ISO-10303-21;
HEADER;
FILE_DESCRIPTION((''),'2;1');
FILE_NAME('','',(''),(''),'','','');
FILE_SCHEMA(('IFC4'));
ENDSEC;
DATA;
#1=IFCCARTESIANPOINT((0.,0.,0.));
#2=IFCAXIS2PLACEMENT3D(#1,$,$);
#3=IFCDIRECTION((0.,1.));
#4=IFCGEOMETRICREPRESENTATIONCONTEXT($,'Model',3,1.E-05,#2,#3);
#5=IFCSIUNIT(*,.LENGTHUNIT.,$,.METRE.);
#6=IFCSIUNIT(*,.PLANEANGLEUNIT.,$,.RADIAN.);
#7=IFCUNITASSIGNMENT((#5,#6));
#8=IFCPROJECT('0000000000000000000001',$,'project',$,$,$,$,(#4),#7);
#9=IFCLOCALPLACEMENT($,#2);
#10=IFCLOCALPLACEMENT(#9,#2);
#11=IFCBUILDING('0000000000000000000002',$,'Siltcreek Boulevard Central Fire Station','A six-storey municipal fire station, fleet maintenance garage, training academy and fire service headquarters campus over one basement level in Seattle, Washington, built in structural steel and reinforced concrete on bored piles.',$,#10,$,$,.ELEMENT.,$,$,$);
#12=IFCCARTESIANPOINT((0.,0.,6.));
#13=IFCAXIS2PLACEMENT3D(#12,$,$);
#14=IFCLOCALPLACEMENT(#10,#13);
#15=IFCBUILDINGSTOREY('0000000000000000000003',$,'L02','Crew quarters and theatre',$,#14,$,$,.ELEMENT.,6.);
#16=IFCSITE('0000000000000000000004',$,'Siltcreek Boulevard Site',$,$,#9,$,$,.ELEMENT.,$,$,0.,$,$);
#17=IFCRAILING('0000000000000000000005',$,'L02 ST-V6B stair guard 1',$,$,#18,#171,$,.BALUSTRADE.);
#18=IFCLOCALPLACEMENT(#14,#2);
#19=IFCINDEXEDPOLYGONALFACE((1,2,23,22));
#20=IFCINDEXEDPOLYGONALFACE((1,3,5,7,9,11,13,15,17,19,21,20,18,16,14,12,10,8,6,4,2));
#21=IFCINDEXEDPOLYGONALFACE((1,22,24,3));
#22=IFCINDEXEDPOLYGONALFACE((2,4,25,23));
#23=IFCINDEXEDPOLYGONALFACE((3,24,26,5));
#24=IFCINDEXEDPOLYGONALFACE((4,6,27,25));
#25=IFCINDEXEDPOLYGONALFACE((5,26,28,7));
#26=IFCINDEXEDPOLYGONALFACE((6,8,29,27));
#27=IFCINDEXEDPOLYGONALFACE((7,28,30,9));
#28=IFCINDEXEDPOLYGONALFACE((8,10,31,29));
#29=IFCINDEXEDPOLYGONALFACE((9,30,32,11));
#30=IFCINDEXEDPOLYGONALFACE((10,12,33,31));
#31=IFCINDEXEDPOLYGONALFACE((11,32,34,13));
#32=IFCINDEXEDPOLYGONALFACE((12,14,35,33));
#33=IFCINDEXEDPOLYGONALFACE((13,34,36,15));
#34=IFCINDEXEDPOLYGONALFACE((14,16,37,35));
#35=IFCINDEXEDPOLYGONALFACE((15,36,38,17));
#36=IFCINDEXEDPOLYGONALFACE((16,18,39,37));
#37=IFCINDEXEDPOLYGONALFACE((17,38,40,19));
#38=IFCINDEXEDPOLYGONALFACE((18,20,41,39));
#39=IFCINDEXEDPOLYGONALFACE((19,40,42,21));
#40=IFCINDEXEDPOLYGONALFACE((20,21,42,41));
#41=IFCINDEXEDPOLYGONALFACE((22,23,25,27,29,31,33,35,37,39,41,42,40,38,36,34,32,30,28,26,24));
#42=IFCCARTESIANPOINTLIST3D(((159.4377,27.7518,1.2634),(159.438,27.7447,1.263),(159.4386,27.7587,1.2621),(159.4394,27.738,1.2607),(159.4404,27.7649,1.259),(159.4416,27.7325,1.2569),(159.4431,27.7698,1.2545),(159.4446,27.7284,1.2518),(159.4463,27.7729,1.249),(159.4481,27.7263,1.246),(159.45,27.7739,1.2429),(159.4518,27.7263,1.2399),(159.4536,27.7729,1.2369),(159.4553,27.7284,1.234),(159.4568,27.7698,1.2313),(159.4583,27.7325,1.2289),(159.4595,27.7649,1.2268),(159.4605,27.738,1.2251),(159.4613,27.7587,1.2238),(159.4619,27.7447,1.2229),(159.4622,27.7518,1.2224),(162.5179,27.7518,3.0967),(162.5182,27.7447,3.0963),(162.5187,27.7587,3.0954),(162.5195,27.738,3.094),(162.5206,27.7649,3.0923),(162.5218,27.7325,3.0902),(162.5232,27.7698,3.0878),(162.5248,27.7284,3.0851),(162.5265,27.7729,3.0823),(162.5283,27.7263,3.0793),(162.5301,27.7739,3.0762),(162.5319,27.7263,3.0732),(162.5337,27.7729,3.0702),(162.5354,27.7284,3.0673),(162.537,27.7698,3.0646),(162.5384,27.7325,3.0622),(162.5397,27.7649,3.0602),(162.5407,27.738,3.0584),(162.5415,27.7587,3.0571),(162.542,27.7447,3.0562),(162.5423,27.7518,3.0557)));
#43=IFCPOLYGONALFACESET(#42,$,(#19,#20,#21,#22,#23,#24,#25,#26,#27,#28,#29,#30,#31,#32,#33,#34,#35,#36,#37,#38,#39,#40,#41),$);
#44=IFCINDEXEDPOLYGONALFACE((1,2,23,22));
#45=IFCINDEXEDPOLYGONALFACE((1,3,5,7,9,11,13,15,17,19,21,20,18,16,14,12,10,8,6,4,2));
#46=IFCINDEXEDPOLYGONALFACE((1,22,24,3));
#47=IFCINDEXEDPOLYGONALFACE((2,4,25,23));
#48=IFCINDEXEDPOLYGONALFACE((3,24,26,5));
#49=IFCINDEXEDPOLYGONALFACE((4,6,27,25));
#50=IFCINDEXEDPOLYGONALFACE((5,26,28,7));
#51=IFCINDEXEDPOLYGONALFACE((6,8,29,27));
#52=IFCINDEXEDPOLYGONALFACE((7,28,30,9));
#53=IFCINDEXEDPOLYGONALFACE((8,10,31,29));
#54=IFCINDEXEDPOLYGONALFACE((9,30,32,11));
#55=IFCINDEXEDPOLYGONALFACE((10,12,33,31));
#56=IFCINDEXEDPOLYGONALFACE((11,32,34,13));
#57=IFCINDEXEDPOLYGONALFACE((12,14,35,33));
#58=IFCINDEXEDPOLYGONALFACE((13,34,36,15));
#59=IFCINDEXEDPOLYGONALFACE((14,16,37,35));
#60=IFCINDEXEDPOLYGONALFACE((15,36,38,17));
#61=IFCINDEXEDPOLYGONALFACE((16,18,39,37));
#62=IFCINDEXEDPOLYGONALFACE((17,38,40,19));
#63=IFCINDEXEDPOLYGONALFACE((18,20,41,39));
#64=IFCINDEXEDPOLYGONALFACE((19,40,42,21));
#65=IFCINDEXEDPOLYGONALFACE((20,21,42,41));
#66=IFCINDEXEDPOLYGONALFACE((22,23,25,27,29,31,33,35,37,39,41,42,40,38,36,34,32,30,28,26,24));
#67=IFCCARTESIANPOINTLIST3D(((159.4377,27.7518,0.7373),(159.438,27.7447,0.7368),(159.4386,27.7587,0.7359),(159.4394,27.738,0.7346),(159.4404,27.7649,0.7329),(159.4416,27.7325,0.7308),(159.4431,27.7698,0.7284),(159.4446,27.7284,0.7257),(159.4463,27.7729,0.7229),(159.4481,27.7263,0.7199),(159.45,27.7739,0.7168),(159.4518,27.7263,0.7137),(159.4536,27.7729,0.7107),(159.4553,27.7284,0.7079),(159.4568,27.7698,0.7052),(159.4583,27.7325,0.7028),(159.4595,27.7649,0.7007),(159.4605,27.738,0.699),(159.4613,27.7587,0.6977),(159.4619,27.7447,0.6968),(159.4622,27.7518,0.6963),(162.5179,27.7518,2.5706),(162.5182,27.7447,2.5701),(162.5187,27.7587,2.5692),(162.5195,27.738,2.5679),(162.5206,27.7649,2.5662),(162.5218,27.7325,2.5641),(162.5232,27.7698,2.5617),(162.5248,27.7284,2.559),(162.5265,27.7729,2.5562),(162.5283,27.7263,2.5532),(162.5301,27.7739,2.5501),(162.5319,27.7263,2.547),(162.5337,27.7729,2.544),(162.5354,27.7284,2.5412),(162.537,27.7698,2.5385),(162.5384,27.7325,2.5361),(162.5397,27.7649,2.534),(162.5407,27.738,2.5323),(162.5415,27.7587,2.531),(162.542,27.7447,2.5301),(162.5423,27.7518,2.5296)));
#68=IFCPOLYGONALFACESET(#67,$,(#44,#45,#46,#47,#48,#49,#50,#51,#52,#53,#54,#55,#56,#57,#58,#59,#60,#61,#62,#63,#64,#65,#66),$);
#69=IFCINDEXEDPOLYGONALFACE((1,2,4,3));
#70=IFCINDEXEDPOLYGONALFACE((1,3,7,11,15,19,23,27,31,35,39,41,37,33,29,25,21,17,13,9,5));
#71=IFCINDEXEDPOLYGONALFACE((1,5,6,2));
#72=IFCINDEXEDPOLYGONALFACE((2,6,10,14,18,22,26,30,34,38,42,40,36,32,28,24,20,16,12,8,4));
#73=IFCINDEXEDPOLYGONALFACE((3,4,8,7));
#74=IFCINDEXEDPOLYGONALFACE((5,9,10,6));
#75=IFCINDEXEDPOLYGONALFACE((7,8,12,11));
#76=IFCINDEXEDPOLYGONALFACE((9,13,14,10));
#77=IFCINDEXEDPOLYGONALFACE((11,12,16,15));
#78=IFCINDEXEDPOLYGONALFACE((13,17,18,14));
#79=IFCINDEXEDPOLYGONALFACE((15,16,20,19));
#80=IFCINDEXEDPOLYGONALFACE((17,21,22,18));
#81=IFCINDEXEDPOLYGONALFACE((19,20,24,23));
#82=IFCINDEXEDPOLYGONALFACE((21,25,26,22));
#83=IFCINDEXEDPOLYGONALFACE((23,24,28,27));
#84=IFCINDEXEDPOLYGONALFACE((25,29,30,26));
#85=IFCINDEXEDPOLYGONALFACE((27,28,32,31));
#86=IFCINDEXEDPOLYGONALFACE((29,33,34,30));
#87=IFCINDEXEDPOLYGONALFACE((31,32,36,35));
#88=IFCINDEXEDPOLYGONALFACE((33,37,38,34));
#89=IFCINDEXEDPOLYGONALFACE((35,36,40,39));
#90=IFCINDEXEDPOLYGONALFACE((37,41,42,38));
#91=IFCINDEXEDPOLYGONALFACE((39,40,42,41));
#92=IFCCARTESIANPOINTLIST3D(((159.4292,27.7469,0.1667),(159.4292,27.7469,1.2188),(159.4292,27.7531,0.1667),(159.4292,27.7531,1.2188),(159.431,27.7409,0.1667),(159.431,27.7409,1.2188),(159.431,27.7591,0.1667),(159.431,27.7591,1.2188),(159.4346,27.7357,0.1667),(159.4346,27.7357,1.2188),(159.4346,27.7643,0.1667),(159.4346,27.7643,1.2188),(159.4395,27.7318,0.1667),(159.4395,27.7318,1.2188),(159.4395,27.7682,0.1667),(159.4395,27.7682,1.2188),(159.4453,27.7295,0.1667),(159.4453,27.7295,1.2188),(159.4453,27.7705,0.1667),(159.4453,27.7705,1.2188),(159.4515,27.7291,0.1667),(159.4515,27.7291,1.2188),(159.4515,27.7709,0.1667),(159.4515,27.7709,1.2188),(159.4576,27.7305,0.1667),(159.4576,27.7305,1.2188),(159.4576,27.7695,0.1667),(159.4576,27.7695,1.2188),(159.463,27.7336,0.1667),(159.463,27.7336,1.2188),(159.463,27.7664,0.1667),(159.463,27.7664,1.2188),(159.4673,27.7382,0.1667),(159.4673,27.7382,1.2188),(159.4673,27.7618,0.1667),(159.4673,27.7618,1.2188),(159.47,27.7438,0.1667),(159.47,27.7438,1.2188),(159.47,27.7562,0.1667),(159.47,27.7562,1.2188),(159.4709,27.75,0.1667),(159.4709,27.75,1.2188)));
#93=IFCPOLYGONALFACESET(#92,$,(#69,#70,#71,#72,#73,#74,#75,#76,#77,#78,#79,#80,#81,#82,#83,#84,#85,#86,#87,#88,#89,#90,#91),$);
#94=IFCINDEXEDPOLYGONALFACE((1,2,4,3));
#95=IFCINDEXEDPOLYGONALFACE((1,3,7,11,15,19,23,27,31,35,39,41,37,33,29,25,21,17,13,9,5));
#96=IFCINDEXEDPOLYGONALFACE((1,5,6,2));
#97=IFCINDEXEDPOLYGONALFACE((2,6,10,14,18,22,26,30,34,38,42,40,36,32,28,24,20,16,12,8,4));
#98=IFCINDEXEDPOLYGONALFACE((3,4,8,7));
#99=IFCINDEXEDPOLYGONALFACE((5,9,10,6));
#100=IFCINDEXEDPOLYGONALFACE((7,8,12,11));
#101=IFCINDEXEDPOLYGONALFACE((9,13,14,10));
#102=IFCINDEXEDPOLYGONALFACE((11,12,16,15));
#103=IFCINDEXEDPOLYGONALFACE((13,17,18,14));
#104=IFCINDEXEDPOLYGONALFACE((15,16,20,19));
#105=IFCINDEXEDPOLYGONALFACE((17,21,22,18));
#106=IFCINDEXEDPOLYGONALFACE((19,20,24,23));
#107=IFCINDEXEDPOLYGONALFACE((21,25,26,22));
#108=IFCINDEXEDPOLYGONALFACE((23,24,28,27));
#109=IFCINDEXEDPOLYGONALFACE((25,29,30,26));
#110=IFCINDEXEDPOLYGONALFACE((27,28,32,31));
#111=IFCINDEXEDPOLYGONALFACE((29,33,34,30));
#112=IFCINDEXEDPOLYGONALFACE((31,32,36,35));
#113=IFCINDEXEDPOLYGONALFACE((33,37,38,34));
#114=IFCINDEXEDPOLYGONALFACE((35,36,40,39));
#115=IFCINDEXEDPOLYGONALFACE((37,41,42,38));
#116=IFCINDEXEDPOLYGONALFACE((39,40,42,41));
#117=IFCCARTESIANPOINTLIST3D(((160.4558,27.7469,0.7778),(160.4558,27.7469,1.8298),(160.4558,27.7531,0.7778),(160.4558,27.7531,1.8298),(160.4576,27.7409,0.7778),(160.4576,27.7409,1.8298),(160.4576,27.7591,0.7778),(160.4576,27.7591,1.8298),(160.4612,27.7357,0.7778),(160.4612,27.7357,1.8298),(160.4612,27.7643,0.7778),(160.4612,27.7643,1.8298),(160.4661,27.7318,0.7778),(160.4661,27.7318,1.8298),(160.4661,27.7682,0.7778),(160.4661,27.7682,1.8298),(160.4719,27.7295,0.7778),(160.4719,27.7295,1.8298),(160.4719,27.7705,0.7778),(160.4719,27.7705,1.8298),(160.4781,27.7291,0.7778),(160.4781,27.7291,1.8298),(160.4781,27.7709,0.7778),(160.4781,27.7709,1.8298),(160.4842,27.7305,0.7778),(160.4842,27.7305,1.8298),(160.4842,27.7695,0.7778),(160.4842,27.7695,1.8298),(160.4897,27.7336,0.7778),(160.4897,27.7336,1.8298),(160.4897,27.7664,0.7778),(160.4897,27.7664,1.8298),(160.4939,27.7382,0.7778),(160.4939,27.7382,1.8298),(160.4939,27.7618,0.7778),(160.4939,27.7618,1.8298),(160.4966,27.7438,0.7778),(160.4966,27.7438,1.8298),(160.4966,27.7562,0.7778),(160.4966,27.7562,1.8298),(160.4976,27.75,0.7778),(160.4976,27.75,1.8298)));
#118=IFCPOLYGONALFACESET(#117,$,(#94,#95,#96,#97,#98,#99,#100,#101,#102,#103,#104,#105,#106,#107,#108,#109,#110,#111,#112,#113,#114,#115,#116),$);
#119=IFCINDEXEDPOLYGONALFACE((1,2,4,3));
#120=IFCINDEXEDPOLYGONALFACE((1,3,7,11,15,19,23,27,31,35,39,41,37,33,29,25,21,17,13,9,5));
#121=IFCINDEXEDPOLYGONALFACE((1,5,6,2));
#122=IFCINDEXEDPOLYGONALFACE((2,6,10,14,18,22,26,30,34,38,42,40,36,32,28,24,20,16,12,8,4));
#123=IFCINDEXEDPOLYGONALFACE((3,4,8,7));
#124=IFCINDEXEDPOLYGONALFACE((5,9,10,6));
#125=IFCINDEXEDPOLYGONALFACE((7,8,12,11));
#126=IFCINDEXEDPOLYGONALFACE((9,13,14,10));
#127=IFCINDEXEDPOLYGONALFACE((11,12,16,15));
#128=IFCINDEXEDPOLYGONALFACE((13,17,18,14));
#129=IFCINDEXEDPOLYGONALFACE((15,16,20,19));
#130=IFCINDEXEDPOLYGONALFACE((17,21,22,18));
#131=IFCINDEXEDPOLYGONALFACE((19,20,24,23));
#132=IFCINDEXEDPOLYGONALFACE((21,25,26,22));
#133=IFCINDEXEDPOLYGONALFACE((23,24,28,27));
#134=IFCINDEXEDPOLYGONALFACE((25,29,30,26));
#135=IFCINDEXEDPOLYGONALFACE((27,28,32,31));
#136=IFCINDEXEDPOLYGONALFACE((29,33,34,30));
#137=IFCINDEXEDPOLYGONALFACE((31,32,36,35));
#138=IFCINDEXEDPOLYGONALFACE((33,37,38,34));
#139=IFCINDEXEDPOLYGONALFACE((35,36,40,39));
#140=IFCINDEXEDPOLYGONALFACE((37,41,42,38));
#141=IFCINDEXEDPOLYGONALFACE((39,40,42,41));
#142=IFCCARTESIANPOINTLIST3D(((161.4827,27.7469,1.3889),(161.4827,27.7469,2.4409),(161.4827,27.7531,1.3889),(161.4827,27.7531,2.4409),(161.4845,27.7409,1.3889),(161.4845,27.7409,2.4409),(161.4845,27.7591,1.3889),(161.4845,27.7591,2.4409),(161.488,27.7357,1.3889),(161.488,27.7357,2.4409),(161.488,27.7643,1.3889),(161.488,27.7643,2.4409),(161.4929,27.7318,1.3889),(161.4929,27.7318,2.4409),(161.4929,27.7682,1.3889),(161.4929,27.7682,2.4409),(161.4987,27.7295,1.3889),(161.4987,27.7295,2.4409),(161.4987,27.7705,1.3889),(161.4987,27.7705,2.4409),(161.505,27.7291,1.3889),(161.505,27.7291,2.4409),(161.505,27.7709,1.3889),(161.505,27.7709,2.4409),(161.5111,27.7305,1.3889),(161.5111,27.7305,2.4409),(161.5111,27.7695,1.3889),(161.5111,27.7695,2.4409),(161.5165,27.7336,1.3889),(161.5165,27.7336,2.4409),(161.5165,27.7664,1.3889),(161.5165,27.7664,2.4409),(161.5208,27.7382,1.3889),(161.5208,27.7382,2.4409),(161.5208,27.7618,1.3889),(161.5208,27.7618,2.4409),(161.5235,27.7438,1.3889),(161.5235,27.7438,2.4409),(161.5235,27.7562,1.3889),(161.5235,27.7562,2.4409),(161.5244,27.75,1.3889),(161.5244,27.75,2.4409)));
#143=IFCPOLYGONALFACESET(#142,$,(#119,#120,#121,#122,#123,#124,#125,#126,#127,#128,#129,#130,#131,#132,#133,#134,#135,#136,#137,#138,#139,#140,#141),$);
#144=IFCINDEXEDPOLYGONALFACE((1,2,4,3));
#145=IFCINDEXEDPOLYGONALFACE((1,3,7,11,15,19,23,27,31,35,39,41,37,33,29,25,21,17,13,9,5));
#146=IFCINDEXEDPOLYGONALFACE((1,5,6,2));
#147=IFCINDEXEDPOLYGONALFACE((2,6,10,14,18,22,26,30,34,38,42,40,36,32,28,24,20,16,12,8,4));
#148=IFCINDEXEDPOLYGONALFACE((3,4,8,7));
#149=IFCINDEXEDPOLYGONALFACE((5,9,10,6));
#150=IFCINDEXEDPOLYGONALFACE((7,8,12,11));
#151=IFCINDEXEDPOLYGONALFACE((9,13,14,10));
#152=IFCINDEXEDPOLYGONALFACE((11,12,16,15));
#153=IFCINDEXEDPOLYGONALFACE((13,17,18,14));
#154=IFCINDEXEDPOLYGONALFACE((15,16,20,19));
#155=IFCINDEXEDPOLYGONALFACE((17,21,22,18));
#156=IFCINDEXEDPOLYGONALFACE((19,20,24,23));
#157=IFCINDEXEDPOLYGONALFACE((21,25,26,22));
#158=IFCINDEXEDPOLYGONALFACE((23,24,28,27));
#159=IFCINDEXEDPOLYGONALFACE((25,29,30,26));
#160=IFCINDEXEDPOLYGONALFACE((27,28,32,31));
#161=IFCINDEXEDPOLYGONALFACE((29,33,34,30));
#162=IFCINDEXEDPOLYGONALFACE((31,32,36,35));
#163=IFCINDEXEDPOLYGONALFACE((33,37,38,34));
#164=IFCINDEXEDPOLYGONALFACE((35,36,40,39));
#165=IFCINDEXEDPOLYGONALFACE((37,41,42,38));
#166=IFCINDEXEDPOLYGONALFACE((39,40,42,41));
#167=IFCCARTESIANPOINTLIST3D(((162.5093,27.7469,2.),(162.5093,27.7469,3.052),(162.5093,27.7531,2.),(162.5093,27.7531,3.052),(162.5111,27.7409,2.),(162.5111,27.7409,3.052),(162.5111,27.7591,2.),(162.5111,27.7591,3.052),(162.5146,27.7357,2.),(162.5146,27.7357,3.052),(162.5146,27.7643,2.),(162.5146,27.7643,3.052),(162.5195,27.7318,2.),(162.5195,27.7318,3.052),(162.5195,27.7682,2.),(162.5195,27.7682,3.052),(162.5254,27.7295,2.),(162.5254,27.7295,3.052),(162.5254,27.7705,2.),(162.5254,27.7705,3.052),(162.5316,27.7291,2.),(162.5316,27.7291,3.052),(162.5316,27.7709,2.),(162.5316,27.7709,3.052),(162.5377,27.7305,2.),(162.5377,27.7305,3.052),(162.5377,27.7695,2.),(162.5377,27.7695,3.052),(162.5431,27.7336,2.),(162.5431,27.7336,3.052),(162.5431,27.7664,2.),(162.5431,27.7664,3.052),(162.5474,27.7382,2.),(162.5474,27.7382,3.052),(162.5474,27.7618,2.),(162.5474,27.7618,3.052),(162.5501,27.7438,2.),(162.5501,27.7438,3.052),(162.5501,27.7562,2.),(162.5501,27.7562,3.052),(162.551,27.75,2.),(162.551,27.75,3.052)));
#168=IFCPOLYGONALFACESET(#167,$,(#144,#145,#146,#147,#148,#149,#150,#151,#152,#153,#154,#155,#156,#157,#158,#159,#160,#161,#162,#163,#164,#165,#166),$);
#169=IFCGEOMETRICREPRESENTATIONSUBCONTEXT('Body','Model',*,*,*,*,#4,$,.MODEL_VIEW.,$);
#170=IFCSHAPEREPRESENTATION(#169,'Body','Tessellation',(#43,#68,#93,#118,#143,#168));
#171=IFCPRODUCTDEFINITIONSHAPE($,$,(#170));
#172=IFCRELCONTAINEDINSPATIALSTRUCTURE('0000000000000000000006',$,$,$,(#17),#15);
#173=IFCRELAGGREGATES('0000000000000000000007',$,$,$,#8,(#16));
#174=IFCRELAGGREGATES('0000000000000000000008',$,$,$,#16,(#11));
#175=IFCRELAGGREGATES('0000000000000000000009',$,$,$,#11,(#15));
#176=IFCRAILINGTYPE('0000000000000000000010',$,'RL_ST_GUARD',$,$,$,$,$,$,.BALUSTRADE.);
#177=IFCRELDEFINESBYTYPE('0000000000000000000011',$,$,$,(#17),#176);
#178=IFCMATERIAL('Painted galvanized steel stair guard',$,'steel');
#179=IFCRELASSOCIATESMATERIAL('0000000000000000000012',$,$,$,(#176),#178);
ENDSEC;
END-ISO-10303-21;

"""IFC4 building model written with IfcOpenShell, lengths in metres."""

from ifc_helpers import new_model, si_unit, direction, frame, origin, origin_2d, place, context, subcontext, project, spatial, circle, extrude, material, type_object, element, save


model = new_model("IFC4")

# Units and contexts
model_context = context("Model", 3, precision=1e-05, world=origin(), true_north=direction((0.0, 1.0)))
body_context = subcontext(model_context, "Body", "Model", "MODEL_VIEW")
ifc_project = project(units=[si_unit("LENGTHUNIT", "METRE"), si_unit("PLANEANGLEUNIT", "RADIAN")], contexts=[model_context])

# Site, building, storey
site_placement = place(None, origin())
site = spatial("IfcSite", under=ifc_project, at=site_placement, Name="Siltcreek Boulevard Site", CompositionType="ELEMENT", RefElevation=0.0)
building_placement = place(site_placement, origin())
building = spatial("IfcBuilding", under=site, at=building_placement, Name="Siltcreek Boulevard Central Fire Station", Description="A six-storey municipal fire station, fleet maintenance garage, training academy and fire service headquarters campus over one basement level in Seattle, Washington, built in structural steel and reinforced concrete on bored piles.", CompositionType="ELEMENT")
storey_placement = place(building_placement, frame((0.0, 0.0, 6.0)))
storey = spatial("IfcBuildingStorey", under=building, at=storey_placement, Name="L02", Description="Crew quarters and theatre", CompositionType="ELEMENT", Elevation=6.0)

# Railing
ifc_material_1 = material(Name="Painted galvanized steel stair guard", Category="steel")
railing_type_1 = type_object("IfcRailingType", Name="RL_ST_GUARD", PredefinedType="BALUSTRADE", material=ifc_material_1)
railing_1_placement = place(storey_placement, frame((159.45, 27.75, 0.1667)))
element("IfcRailing", 1, at=railing_1_placement, inside=storey, type_object=railing_type_1, Name="L02 ST-V6B stair guard 1", PredefinedType="BALUSTRADE", context=body_context, shape_type="SweptSolid", body=[
    extrude(circle(Radius=0.0239, at=origin_2d()), frame((0.0, 0.0, 1.0762), z_axis=(0.859309, 0.0, 0.511458), x_axis=(0.0, 1.0, 0.0)), (0.0, 0.0, 1.0), 3.5845),
    extrude(circle(Radius=0.0239, at=origin_2d()), frame((0.0, 0.0, 0.55), z_axis=(0.859309, 0.0, 0.511458), x_axis=(0.0, 1.0, 0.0)), (0.0, 0.0, 1.0), 3.5845),
    extrude(circle(Radius=0.021, at=origin_2d()), origin(), (0.0, 0.0, 1.0), 1.052),
    extrude(circle(Radius=0.021, at=origin_2d()), frame((1.0266, 0.0, 0.6111)), (0.0, 0.0, 1.0), 1.052),
    extrude(circle(Radius=0.021, at=origin_2d()), frame((2.0535, 0.0, 1.2222)), (0.0, 0.0, 1.0), 1.052),
    extrude(circle(Radius=0.021, at=origin_2d()), frame((3.0801, 0.0, 1.8333)), (0.0, 0.0, 1.0), 1.052),
])

save(model, "model.ifc")
